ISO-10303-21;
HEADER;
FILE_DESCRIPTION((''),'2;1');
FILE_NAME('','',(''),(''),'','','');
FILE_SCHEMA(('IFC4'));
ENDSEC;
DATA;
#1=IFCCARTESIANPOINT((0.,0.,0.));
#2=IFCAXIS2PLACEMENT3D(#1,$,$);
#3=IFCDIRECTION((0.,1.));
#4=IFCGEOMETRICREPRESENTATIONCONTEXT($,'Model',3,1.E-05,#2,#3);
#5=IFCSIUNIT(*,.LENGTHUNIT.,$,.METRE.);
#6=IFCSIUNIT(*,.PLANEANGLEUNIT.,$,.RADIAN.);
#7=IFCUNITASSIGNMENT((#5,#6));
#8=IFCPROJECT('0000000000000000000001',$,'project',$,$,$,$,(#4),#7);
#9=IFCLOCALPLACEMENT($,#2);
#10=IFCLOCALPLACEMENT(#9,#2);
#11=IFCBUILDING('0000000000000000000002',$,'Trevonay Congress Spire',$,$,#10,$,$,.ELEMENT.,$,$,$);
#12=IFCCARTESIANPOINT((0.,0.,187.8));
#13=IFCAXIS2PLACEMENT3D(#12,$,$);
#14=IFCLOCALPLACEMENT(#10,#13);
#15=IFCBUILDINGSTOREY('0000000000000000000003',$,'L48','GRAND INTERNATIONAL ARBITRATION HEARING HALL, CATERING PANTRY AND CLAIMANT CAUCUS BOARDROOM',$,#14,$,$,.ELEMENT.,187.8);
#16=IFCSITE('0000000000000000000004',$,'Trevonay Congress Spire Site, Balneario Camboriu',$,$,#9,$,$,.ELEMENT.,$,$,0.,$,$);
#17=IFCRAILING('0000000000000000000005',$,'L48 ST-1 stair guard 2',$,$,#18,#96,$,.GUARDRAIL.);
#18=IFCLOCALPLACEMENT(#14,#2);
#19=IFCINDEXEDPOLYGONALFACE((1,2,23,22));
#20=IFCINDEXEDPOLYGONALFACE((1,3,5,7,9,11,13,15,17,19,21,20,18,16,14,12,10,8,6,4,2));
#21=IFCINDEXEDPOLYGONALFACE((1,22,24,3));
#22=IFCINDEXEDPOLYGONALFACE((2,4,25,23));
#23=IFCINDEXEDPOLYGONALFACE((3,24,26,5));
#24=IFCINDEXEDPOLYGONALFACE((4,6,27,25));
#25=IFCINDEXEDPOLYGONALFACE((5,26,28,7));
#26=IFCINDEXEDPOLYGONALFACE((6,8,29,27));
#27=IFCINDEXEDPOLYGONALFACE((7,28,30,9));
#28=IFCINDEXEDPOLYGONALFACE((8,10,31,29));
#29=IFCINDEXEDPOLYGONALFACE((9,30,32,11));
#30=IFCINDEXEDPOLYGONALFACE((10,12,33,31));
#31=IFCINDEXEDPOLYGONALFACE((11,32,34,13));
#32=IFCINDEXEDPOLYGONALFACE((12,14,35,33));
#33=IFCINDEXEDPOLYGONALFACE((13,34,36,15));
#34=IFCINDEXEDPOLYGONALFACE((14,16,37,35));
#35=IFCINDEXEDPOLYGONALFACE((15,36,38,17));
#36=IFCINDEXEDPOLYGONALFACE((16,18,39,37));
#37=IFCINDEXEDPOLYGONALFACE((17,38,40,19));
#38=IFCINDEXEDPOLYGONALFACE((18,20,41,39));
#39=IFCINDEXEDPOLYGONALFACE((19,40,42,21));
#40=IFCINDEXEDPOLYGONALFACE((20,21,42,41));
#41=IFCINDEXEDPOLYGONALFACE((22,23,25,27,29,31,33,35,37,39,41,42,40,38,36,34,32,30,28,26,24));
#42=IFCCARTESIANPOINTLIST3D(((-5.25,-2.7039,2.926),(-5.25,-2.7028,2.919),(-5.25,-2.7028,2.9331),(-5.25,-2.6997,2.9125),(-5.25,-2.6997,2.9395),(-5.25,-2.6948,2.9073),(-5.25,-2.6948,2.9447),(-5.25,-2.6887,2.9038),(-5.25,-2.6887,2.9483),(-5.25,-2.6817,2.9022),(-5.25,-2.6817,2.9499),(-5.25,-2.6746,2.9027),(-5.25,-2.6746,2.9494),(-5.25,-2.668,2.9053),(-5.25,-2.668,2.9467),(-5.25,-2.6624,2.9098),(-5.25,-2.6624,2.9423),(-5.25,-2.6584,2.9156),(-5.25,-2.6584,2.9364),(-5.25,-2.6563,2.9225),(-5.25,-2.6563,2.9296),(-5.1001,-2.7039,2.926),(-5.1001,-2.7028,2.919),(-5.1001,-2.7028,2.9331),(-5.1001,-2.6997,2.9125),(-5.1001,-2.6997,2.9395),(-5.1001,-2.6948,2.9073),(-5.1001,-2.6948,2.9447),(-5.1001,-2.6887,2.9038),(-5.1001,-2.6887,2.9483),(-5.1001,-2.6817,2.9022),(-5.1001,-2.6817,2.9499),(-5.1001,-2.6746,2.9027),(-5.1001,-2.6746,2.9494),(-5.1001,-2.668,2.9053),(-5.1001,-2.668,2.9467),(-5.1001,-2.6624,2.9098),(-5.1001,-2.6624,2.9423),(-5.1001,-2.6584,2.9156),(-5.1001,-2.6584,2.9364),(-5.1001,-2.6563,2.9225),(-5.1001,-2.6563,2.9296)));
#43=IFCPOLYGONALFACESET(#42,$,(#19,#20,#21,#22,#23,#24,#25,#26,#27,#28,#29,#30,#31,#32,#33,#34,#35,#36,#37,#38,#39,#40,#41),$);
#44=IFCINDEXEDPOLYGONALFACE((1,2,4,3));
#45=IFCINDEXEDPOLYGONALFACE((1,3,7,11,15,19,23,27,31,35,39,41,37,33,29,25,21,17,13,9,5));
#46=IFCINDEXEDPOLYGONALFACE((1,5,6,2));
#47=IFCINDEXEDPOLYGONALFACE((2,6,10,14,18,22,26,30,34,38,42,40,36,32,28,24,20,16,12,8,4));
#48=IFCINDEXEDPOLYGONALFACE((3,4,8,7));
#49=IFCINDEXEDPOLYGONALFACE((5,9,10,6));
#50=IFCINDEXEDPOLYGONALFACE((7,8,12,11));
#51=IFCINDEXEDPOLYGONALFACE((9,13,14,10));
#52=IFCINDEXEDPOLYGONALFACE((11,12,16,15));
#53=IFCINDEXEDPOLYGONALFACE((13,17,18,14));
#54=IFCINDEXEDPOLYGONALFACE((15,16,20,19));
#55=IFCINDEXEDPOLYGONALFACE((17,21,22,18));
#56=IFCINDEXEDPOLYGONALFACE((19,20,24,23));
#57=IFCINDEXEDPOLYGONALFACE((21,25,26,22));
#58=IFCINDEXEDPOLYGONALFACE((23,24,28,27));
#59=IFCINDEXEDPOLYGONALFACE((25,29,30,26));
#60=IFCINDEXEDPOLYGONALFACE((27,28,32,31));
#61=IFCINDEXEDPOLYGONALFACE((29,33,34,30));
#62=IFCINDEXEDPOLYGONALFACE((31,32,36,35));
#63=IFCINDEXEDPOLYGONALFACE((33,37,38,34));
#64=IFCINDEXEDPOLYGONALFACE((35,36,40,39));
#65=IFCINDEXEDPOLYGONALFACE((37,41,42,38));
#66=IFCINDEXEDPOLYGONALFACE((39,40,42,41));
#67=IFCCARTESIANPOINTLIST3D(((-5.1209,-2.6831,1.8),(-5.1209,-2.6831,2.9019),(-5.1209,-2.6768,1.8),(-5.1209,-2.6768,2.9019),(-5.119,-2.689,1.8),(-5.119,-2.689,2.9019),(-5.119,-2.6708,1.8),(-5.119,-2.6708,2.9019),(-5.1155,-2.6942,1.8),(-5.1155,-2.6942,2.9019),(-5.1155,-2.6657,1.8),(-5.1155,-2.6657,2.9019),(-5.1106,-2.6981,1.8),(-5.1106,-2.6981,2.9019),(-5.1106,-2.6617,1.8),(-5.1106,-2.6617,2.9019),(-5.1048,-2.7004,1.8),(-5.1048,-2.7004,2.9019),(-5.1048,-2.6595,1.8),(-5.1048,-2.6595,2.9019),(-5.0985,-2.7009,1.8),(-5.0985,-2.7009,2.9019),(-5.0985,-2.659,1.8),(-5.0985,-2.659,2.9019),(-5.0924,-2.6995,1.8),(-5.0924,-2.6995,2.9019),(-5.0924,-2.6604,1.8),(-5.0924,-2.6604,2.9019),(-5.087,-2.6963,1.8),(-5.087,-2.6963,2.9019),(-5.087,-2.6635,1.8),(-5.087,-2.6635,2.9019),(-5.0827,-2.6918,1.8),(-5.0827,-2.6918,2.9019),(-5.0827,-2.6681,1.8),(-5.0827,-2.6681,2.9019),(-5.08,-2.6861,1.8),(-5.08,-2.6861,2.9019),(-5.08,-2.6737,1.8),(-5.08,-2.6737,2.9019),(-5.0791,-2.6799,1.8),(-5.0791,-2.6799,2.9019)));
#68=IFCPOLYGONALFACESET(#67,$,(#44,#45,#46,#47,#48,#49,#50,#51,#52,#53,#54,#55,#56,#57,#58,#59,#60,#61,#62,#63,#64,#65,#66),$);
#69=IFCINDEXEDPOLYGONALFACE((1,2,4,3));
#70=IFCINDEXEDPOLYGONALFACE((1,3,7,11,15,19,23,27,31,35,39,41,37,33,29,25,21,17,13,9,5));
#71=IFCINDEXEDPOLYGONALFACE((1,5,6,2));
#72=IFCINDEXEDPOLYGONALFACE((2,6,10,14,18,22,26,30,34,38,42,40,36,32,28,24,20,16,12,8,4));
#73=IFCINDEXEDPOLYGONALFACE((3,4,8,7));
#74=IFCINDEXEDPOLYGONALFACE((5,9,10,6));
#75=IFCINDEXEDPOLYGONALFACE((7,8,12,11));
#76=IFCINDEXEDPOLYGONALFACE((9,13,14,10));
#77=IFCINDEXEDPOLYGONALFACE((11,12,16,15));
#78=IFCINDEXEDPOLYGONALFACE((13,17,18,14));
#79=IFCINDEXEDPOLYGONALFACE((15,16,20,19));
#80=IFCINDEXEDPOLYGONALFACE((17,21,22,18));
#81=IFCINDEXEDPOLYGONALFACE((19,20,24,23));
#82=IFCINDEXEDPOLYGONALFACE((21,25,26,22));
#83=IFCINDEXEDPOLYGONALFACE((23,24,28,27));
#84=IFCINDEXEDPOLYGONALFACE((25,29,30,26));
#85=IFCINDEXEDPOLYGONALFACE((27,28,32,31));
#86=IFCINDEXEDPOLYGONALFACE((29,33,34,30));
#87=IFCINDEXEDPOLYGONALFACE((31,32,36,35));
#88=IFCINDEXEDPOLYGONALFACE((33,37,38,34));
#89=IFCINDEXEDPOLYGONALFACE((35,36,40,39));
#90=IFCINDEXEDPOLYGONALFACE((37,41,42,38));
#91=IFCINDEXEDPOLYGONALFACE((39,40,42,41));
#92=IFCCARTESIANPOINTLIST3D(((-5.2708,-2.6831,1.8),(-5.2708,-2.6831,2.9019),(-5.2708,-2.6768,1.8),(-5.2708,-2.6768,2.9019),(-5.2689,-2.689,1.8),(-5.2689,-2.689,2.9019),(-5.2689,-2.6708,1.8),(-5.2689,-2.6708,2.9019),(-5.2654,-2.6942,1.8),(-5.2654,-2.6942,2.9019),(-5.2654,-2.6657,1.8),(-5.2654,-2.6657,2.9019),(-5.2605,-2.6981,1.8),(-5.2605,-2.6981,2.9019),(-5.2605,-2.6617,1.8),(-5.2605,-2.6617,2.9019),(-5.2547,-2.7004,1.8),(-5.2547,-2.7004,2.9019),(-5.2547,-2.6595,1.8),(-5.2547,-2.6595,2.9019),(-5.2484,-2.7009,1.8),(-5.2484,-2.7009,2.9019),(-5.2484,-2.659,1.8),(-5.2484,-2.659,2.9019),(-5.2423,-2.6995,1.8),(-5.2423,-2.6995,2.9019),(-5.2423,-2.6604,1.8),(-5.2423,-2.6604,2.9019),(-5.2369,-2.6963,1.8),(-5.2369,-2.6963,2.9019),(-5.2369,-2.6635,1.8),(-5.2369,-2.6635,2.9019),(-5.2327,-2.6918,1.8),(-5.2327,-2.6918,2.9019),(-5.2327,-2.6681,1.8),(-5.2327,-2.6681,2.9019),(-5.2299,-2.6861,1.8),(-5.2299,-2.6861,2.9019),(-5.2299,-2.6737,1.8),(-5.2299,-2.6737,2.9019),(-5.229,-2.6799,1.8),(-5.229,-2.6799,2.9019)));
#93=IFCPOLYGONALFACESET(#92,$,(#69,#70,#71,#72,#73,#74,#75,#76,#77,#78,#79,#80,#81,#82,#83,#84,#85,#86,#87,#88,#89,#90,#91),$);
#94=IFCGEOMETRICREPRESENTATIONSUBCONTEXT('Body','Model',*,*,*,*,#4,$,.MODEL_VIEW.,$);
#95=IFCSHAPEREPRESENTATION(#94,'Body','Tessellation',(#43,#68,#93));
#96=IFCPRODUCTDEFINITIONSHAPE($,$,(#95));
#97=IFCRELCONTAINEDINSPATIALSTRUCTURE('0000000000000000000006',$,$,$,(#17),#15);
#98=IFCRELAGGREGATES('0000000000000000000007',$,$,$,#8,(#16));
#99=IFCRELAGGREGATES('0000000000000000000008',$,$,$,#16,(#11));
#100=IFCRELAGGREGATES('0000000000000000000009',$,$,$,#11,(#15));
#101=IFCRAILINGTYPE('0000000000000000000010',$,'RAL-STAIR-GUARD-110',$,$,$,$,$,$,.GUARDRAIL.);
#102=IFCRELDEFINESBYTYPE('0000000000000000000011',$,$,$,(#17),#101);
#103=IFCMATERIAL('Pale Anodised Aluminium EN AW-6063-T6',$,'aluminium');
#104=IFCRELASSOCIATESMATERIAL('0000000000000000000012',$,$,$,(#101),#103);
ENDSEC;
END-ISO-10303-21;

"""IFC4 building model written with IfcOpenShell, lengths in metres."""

from ifc_helpers import new_model, si_unit, direction, frame, origin, origin_2d, place, context, subcontext, project, spatial, circle, extrude, material, type_object, element, save


model = new_model("IFC4")

# Units and contexts
model_context = context("Model", 3, precision=1e-05, world=origin(), true_north=direction((0.0, 1.0)))
body_context = subcontext(model_context, "Body", "Model", "MODEL_VIEW")
ifc_project = project(units=[si_unit("LENGTHUNIT", "METRE"), si_unit("PLANEANGLEUNIT", "RADIAN")], contexts=[model_context])

# Site, building, storey
site_placement = place(None, origin())
site = spatial("IfcSite", under=ifc_project, at=site_placement, Name="Trevonay Congress Spire Site, Balneario Camboriu", CompositionType="ELEMENT", RefElevation=0.0)
building_placement = place(site_placement, origin())
building = spatial("IfcBuilding", under=site, at=building_placement, Name="Trevonay Congress Spire", CompositionType="ELEMENT")
storey_placement = place(building_placement, frame((0.0, 0.0, 187.8)))
storey = spatial("IfcBuildingStorey", under=building, at=storey_placement, Name="L48", Description="GRAND INTERNATIONAL ARBITRATION HEARING HALL, CATERING PANTRY AND CLAIMANT CAUCUS BOARDROOM", CompositionType="ELEMENT", Elevation=187.8)

# Railing
ifc_material_1 = material(Name="Pale Anodised Aluminium EN AW-6063-T6", Category="aluminium")
railing_type_1 = type_object("IfcRailingType", Name="RAL-STAIR-GUARD-110", PredefinedType="GUARDRAIL", material=ifc_material_1)
railing_1_placement = place(storey_placement, frame((-5.1001, -2.6799, 1.8)))
element("IfcRailing", 1, at=railing_1_placement, inside=storey, type_object=railing_type_1, Name="L48 ST-1 stair guard 2", PredefinedType="GUARDRAIL", context=body_context, shape_type="SweptSolid", body=[
    extrude(circle(Radius=0.0239, at=origin_2d()), frame((0.0, 0.0, 1.126), z_axis=(-1.0, 0.0, 0.0), x_axis=(0.0, -1.0, 0.0)), (0.0, 0.0, 1.0), 0.1499),
    extrude(circle(Radius=0.021, at=origin_2d()), origin(), (0.0, 0.0, 1.0), 1.1018),
    extrude(circle(Radius=0.021, at=origin_2d()), frame((-0.1499, 0.0, 0.0)), (0.0, 0.0, 1.0), 1.1018),
])

save(model, "model.ifc")
